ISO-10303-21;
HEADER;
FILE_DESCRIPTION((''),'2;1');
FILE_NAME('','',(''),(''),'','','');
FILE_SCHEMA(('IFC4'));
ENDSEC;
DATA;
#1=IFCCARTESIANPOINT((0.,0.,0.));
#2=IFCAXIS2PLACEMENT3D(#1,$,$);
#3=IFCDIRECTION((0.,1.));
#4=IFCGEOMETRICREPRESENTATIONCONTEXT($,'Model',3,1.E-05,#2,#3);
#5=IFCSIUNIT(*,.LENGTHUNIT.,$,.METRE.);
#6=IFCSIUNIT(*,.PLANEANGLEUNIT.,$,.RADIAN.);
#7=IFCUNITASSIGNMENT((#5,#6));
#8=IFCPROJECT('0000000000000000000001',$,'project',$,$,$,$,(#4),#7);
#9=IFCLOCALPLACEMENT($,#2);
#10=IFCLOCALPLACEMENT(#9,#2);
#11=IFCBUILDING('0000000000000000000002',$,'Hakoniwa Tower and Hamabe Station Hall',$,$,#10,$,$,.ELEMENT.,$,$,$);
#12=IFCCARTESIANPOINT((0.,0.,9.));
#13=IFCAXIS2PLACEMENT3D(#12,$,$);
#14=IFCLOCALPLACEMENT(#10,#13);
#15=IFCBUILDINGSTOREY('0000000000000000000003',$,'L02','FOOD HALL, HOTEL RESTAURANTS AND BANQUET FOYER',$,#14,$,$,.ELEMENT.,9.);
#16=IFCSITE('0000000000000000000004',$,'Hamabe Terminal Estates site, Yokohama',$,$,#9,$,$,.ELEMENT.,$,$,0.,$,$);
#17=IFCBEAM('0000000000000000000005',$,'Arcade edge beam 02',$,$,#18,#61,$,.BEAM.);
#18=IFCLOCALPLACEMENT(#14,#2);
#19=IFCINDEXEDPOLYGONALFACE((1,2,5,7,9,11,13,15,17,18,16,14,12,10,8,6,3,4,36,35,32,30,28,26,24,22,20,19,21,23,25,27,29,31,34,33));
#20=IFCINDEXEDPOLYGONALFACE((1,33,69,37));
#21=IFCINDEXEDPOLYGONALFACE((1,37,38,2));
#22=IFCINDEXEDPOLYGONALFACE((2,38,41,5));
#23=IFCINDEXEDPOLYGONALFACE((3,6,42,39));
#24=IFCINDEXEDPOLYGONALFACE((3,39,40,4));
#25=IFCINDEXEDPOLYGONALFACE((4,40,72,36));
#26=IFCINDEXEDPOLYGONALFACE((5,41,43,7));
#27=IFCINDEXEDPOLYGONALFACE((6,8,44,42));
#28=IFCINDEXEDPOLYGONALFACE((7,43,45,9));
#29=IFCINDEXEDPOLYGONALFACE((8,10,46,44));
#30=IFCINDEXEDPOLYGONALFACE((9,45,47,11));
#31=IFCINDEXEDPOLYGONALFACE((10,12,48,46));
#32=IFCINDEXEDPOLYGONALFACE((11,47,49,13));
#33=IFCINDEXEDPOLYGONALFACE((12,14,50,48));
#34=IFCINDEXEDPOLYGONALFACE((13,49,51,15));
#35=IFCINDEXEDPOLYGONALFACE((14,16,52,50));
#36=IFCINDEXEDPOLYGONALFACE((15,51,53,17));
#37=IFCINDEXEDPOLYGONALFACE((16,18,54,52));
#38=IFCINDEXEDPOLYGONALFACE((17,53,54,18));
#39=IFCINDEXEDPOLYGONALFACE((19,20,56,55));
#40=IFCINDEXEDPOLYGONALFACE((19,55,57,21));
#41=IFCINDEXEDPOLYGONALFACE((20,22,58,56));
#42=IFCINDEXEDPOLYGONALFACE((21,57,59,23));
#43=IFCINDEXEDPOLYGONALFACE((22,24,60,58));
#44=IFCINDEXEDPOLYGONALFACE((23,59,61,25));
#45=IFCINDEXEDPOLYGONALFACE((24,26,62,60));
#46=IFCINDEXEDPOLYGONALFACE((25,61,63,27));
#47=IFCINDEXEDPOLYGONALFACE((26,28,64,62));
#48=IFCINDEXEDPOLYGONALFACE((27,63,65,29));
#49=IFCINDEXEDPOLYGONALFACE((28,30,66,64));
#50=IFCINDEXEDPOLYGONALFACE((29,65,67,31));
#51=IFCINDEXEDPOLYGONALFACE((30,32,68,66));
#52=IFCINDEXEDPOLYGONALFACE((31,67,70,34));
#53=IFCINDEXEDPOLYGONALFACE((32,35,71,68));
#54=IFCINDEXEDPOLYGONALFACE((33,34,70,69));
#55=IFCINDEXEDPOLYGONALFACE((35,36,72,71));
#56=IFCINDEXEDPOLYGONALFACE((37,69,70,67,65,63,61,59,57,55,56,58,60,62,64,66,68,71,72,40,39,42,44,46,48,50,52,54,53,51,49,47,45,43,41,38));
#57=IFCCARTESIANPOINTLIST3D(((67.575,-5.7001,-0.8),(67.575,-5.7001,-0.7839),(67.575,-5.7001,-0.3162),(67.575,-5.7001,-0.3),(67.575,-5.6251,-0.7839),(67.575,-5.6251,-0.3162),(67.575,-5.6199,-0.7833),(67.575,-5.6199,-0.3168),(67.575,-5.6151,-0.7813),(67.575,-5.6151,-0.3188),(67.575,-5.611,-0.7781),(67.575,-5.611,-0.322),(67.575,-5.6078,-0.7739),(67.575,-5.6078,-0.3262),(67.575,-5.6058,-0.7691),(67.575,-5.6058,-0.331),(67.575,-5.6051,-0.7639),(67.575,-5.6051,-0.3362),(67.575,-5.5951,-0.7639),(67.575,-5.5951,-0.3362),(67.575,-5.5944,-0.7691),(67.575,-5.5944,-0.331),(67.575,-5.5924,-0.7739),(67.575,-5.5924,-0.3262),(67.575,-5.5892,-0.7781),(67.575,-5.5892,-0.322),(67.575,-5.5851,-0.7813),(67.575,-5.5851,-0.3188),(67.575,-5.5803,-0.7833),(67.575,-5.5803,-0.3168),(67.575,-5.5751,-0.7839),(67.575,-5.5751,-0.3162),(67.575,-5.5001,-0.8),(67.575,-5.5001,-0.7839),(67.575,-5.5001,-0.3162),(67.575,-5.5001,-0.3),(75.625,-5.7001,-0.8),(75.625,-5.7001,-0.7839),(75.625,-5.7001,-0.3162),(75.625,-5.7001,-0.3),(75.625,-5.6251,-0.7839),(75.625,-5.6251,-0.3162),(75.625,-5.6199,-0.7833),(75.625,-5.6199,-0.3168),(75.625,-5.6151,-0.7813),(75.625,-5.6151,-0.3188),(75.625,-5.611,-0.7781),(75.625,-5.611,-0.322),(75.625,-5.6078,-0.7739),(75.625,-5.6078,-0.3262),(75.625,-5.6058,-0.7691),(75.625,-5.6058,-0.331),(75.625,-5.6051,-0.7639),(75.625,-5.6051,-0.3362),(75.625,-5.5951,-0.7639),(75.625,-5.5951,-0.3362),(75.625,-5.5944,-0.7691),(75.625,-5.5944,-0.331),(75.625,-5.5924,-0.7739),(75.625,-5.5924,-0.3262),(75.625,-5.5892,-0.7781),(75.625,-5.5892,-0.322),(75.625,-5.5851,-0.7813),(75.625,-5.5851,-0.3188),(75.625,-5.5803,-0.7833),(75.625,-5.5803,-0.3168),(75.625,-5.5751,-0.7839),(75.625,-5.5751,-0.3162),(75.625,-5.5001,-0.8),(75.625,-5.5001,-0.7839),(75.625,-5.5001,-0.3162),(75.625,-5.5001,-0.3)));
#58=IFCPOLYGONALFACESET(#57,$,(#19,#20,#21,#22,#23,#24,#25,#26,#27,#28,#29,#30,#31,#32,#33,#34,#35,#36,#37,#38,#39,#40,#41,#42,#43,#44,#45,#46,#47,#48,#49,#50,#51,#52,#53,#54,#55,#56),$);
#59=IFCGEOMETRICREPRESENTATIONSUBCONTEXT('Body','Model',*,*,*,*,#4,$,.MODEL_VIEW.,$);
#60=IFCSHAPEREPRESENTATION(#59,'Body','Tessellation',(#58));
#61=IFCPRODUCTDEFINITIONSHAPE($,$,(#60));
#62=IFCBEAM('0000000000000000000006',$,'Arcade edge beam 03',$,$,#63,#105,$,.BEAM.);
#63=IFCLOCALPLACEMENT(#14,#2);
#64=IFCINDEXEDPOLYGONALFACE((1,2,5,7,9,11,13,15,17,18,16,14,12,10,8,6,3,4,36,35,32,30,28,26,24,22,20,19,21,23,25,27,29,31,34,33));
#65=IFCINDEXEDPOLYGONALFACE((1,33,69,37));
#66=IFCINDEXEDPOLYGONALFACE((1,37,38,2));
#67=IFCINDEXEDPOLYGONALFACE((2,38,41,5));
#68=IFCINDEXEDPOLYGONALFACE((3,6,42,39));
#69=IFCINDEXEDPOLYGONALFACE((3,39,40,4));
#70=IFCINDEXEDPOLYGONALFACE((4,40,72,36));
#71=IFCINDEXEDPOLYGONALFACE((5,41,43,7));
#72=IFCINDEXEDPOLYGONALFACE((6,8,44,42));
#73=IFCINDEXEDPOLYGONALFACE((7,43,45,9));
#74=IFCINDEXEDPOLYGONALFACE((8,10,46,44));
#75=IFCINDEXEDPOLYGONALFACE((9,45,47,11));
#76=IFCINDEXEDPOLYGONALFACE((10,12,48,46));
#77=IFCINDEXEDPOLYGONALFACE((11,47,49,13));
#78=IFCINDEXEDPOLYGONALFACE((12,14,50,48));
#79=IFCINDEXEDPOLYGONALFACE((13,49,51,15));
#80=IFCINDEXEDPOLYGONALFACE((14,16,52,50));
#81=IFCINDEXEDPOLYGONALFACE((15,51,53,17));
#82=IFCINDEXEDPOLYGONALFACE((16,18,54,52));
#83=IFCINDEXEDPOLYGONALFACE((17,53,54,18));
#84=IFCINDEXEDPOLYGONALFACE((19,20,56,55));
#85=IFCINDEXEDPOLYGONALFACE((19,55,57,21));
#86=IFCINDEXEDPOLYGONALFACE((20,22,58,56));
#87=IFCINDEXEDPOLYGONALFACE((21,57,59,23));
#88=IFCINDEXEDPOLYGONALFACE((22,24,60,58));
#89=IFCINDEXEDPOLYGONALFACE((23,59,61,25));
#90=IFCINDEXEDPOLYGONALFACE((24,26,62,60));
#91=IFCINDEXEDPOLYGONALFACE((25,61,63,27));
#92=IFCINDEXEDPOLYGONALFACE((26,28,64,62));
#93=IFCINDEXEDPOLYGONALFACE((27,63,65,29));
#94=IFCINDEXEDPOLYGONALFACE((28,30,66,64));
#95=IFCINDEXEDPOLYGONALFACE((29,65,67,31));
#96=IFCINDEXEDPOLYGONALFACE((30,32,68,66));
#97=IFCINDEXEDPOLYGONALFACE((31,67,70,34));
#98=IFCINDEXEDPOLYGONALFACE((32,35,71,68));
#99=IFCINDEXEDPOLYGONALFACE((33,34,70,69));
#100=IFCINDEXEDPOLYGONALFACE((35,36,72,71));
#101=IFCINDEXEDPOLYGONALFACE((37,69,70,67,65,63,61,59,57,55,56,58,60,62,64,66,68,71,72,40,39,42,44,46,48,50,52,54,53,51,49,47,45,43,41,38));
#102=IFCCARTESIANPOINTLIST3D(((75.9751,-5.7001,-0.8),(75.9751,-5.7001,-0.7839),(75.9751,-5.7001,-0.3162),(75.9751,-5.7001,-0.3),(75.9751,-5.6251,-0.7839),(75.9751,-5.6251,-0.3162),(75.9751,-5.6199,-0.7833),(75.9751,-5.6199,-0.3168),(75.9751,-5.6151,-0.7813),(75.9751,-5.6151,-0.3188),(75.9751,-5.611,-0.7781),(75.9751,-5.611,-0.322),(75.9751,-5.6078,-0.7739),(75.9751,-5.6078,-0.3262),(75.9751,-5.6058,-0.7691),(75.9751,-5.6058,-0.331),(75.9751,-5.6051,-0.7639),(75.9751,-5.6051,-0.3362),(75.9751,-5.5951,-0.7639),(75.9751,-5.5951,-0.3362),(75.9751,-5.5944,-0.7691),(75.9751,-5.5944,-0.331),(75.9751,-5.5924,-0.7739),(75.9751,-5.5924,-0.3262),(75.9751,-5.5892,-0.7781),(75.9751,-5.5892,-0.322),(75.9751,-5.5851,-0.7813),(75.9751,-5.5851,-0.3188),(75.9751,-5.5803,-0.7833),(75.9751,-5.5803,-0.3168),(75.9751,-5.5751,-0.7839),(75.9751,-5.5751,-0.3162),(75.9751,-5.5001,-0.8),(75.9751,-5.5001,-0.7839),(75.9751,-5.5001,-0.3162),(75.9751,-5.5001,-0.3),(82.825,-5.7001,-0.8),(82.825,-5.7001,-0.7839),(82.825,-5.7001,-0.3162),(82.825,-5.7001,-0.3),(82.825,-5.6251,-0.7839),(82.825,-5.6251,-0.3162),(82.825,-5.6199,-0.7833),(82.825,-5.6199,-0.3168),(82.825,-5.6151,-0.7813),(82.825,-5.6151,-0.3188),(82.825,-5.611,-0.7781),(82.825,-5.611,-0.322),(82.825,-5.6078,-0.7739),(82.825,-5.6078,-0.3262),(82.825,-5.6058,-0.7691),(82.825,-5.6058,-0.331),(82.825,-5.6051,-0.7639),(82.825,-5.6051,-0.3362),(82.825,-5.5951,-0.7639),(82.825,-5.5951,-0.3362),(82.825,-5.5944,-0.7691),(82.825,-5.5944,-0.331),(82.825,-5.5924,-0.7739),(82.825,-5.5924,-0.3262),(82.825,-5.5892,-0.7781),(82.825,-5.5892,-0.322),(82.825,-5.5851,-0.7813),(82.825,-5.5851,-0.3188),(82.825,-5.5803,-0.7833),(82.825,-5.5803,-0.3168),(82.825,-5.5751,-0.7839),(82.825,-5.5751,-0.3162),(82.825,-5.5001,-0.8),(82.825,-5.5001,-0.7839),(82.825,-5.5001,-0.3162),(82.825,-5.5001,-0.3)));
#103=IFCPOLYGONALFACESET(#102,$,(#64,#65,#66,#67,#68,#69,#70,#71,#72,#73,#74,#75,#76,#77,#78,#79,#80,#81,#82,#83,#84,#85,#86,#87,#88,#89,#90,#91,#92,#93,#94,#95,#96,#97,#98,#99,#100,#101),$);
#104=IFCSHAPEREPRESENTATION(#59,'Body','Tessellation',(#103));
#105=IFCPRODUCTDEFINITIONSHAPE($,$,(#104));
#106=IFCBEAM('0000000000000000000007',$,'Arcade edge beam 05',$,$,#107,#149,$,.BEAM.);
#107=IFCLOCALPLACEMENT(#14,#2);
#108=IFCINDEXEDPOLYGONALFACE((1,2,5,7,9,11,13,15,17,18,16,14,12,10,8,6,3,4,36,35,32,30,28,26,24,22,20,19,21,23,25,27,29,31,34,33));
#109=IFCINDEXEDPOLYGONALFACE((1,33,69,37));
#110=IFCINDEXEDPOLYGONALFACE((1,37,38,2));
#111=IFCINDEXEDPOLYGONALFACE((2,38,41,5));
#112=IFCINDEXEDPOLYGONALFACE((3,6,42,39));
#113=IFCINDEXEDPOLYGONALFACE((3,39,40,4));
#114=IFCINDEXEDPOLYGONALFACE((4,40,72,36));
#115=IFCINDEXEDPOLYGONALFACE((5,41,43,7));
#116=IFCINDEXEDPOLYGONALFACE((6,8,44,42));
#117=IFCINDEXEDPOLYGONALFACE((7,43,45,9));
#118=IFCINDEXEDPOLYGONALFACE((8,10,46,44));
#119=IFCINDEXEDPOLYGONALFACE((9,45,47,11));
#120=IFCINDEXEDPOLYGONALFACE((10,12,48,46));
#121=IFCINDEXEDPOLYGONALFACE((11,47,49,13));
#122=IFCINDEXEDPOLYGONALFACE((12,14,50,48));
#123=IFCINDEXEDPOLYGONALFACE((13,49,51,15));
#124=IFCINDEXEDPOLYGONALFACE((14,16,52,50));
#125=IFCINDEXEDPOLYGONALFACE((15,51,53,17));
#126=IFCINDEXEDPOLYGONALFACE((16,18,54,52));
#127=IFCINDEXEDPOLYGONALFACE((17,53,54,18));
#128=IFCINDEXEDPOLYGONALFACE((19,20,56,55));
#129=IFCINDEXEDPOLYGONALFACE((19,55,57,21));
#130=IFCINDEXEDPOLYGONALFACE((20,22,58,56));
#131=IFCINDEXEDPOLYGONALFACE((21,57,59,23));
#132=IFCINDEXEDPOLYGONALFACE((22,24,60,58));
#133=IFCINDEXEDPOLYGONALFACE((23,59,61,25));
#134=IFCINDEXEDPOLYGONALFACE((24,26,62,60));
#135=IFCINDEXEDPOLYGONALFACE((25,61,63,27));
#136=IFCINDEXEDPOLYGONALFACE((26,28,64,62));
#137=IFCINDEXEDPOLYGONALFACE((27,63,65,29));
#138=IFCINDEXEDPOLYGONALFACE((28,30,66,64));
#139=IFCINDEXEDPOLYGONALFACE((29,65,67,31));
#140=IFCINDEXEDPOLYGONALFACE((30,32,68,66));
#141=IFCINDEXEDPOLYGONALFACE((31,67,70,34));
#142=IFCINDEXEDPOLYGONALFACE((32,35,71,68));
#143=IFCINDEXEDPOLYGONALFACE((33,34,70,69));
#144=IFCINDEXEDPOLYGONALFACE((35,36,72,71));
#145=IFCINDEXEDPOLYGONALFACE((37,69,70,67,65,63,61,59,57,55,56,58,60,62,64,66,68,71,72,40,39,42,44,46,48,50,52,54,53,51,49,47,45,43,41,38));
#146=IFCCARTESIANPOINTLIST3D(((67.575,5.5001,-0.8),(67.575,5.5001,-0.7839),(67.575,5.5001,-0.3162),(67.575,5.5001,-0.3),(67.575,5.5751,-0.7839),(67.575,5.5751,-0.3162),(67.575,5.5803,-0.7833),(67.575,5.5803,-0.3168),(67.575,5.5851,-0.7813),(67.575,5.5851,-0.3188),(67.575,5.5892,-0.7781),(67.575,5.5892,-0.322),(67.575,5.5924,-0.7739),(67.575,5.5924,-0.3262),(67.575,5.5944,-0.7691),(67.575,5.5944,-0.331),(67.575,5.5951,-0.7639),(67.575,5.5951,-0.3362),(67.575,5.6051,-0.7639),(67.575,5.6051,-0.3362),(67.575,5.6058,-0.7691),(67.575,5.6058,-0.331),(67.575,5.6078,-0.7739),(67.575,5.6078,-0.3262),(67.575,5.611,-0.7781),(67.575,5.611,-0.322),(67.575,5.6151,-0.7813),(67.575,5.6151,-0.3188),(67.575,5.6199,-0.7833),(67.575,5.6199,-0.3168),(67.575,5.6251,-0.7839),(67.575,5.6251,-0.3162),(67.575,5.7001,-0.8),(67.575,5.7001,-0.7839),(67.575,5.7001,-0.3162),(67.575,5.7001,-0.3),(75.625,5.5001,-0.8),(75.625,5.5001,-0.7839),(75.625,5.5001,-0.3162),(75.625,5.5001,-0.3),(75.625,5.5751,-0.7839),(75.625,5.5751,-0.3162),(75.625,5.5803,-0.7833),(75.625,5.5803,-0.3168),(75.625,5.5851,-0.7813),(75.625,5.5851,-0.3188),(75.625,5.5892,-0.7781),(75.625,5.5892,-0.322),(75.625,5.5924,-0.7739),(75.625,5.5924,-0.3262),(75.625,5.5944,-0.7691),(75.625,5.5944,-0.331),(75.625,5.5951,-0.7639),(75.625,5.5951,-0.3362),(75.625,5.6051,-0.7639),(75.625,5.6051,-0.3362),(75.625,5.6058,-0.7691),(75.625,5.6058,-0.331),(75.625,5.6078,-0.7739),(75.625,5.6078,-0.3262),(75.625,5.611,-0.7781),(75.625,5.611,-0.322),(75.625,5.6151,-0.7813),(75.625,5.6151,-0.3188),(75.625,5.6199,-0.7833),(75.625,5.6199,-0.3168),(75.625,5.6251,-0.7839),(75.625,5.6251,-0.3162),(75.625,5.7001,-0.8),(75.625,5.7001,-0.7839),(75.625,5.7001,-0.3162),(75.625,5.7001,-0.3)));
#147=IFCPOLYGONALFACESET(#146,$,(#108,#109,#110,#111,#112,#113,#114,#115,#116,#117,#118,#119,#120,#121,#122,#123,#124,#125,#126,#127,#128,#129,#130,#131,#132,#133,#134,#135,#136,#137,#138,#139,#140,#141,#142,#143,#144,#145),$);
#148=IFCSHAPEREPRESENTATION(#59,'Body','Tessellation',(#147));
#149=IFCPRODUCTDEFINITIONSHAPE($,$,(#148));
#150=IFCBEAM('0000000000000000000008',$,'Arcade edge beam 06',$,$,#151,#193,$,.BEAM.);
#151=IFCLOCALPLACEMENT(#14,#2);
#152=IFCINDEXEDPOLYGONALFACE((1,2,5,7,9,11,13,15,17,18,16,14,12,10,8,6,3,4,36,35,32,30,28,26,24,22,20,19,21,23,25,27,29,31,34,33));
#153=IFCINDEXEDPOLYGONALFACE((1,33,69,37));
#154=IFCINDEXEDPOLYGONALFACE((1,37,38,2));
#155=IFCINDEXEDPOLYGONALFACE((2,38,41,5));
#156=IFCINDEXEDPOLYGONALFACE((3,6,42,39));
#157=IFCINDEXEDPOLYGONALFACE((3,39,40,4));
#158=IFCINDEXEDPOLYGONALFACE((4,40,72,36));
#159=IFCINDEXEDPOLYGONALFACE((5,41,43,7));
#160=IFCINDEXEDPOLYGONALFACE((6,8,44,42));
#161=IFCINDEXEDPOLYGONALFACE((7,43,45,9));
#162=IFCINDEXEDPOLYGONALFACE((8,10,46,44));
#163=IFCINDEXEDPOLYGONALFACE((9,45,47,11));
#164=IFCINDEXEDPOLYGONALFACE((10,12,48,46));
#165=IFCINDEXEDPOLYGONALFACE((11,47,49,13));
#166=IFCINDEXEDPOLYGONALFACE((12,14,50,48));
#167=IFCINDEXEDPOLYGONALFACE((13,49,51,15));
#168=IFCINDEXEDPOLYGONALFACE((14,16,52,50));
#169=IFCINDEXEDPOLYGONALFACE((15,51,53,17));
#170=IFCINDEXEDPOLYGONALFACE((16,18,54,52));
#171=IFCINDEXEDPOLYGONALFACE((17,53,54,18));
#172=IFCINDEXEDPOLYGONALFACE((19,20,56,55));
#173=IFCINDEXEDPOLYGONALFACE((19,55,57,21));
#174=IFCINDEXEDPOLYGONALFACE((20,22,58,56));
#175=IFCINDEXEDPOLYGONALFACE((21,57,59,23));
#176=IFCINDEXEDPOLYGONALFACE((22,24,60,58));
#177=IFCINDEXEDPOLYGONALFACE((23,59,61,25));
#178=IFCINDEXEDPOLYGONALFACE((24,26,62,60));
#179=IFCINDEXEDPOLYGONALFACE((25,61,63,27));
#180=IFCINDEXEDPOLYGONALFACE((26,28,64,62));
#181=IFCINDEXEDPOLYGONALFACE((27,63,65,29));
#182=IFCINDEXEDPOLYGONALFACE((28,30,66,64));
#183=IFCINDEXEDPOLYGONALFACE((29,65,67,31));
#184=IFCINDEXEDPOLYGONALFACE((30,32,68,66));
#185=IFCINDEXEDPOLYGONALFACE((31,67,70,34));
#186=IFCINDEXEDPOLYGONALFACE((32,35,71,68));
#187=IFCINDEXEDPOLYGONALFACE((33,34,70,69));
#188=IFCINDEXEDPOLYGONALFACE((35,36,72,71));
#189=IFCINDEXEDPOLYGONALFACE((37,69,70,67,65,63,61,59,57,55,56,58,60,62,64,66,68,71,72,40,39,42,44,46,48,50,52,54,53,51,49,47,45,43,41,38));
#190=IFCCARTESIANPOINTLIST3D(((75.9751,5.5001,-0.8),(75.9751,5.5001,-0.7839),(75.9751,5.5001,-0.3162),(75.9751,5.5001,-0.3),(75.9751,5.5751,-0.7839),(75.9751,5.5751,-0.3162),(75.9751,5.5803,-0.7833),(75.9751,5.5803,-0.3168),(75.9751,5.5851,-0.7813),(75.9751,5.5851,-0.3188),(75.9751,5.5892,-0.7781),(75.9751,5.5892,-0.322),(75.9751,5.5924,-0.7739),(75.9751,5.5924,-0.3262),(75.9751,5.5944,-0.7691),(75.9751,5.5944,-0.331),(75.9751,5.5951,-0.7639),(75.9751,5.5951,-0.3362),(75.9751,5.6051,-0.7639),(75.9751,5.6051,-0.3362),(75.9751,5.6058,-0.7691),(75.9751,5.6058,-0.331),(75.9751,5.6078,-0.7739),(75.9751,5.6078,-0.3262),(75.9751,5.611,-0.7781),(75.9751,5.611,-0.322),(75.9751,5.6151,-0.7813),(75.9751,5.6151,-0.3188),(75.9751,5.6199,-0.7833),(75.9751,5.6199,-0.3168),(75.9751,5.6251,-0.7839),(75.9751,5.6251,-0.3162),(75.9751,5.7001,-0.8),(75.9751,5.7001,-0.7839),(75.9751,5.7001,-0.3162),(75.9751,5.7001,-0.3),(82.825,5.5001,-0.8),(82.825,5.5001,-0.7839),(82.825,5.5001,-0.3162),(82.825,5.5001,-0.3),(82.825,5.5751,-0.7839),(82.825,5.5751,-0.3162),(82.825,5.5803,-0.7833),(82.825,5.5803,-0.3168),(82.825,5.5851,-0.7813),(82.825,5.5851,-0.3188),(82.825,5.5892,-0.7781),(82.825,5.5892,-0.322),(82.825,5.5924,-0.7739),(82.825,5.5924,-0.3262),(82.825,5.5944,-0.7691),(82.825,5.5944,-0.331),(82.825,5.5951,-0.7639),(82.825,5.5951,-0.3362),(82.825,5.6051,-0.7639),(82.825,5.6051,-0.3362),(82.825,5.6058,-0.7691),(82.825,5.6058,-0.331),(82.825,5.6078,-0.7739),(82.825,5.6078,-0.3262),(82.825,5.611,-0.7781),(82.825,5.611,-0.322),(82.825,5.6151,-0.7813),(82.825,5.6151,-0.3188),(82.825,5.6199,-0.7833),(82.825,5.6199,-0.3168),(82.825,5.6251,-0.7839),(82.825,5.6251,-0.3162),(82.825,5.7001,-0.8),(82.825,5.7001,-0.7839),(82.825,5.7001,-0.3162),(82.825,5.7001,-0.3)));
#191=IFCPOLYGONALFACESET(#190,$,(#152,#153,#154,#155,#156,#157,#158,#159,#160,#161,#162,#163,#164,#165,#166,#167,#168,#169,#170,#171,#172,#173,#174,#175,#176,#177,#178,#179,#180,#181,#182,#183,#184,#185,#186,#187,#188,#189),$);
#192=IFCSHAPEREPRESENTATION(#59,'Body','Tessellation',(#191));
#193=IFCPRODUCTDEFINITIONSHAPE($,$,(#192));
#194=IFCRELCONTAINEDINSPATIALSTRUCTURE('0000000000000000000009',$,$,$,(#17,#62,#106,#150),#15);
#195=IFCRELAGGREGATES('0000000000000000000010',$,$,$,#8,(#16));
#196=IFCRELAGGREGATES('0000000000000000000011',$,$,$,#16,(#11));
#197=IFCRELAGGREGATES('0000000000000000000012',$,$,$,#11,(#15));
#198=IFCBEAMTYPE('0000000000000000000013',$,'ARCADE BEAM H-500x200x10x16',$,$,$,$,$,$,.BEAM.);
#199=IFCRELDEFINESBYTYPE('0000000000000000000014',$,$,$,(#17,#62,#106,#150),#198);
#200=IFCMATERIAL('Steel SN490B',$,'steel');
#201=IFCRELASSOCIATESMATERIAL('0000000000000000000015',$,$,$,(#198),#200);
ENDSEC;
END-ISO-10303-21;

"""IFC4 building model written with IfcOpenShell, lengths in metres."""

from ifc_helpers import new_model, si_unit, direction, frame, origin, origin_2d, place, context, subcontext, project, spatial, i_section, extrude, material, material_profile, profile_set, type_object, element, save


model = new_model("IFC4")

# Units and contexts
model_context = context("Model", 3, precision=1e-05, world=origin(), true_north=direction((0.0, 1.0)))
body_context = subcontext(model_context, "Body", "Model", "MODEL_VIEW")
ifc_project = project(units=[si_unit("LENGTHUNIT", "METRE"), si_unit("PLANEANGLEUNIT", "RADIAN")], contexts=[model_context])

# Site, building, storey
site_placement = place(None, origin())
site = spatial("IfcSite", under=ifc_project, at=site_placement, Name="Hamabe Terminal Estates site, Yokohama", CompositionType="ELEMENT", RefElevation=0.0)
building_placement = place(site_placement, origin())
building = spatial("IfcBuilding", under=site, at=building_placement, Name="Hakoniwa Tower and Hamabe Station Hall", CompositionType="ELEMENT")
storey_placement = place(building_placement, frame((0.0, 0.0, 9.0)))
storey = spatial("IfcBuildingStorey", under=building, at=storey_placement, Name="L02", Description="FOOD HALL, HOTEL RESTAURANTS AND BANQUET FOYER", CompositionType="ELEMENT", Elevation=9.0)

# Beams
ifc_material_1 = material(Name="Steel SN490B", Category="steel")
ifc_material_profile_1 = material_profile(ifc_material_1, i_section(OverallWidth=0.2, OverallDepth=0.5, WebThickness=0.01, FlangeThickness=0.0161, FilletRadius=0.02, at=origin_2d()), Name="H-500x200x10x16")
ifc_profile_set_1 = profile_set([ifc_material_profile_1], Name="Steel SN490B")
beam_type_1 = type_object("IfcBeamType", Name="ARCADE BEAM H-500x200x10x16", PredefinedType="BEAM", material=ifc_profile_set_1)
beam_1_placement = place(storey_placement, frame((67.575, -5.6001, -0.55), z_axis=(1.0, 0.0, 0.0), x_axis=(0.0, 1.0, 0.0)))
element("IfcBeam", 1, at=beam_1_placement, inside=storey, type_object=beam_type_1, Name="Arcade edge beam 02", PredefinedType="BEAM", context=body_context, shape_type="SweptSolid", body=[
    extrude(i_section(OverallWidth=0.2, OverallDepth=0.5, WebThickness=0.01, FlangeThickness=0.0161, FilletRadius=0.02, at=origin_2d()), origin(), (0.0, 0.0, 1.0), 8.05),
])
beam_2_placement = place(storey_placement, frame((75.9751, -5.6001, -0.55), z_axis=(1.0, 0.0, 0.0), x_axis=(0.0, 1.0, 0.0)))
element("IfcBeam", 2, at=beam_2_placement, inside=storey, type_object=beam_type_1, Name="Arcade edge beam 03", PredefinedType="BEAM", context=body_context, shape_type="SweptSolid", body=[
    extrude(i_section(OverallWidth=0.2, OverallDepth=0.5, WebThickness=0.01, FlangeThickness=0.0161, FilletRadius=0.02, at=origin_2d()), origin(), (0.0, 0.0, 1.0), 6.8499),
])
beam_3_placement = place(storey_placement, frame((67.575, 5.6001, -0.55), z_axis=(1.0, 0.0, 0.0), x_axis=(0.0, 1.0, 0.0)))
element("IfcBeam", 3, at=beam_3_placement, inside=storey, type_object=beam_type_1, Name="Arcade edge beam 05", PredefinedType="BEAM", context=body_context, shape_type="SweptSolid", body=[
    extrude(i_section(OverallWidth=0.2, OverallDepth=0.5, WebThickness=0.01, FlangeThickness=0.0161, FilletRadius=0.02, at=origin_2d()), origin(), (0.0, 0.0, 1.0), 8.05),
])
beam_4_placement = place(storey_placement, frame((75.9751, 5.6001, -0.55), z_axis=(1.0, 0.0, 0.0), x_axis=(0.0, 1.0, 0.0)))
element("IfcBeam", 4, at=beam_4_placement, inside=storey, type_object=beam_type_1, Name="Arcade edge beam 06", PredefinedType="BEAM", context=body_context, shape_type="SweptSolid", body=[
    extrude(i_section(OverallWidth=0.2, OverallDepth=0.5, WebThickness=0.01, FlangeThickness=0.0161, FilletRadius=0.02, at=origin_2d()), origin(), (0.0, 0.0, 1.0), 6.8499),
])

save(model, "model.ifc")
